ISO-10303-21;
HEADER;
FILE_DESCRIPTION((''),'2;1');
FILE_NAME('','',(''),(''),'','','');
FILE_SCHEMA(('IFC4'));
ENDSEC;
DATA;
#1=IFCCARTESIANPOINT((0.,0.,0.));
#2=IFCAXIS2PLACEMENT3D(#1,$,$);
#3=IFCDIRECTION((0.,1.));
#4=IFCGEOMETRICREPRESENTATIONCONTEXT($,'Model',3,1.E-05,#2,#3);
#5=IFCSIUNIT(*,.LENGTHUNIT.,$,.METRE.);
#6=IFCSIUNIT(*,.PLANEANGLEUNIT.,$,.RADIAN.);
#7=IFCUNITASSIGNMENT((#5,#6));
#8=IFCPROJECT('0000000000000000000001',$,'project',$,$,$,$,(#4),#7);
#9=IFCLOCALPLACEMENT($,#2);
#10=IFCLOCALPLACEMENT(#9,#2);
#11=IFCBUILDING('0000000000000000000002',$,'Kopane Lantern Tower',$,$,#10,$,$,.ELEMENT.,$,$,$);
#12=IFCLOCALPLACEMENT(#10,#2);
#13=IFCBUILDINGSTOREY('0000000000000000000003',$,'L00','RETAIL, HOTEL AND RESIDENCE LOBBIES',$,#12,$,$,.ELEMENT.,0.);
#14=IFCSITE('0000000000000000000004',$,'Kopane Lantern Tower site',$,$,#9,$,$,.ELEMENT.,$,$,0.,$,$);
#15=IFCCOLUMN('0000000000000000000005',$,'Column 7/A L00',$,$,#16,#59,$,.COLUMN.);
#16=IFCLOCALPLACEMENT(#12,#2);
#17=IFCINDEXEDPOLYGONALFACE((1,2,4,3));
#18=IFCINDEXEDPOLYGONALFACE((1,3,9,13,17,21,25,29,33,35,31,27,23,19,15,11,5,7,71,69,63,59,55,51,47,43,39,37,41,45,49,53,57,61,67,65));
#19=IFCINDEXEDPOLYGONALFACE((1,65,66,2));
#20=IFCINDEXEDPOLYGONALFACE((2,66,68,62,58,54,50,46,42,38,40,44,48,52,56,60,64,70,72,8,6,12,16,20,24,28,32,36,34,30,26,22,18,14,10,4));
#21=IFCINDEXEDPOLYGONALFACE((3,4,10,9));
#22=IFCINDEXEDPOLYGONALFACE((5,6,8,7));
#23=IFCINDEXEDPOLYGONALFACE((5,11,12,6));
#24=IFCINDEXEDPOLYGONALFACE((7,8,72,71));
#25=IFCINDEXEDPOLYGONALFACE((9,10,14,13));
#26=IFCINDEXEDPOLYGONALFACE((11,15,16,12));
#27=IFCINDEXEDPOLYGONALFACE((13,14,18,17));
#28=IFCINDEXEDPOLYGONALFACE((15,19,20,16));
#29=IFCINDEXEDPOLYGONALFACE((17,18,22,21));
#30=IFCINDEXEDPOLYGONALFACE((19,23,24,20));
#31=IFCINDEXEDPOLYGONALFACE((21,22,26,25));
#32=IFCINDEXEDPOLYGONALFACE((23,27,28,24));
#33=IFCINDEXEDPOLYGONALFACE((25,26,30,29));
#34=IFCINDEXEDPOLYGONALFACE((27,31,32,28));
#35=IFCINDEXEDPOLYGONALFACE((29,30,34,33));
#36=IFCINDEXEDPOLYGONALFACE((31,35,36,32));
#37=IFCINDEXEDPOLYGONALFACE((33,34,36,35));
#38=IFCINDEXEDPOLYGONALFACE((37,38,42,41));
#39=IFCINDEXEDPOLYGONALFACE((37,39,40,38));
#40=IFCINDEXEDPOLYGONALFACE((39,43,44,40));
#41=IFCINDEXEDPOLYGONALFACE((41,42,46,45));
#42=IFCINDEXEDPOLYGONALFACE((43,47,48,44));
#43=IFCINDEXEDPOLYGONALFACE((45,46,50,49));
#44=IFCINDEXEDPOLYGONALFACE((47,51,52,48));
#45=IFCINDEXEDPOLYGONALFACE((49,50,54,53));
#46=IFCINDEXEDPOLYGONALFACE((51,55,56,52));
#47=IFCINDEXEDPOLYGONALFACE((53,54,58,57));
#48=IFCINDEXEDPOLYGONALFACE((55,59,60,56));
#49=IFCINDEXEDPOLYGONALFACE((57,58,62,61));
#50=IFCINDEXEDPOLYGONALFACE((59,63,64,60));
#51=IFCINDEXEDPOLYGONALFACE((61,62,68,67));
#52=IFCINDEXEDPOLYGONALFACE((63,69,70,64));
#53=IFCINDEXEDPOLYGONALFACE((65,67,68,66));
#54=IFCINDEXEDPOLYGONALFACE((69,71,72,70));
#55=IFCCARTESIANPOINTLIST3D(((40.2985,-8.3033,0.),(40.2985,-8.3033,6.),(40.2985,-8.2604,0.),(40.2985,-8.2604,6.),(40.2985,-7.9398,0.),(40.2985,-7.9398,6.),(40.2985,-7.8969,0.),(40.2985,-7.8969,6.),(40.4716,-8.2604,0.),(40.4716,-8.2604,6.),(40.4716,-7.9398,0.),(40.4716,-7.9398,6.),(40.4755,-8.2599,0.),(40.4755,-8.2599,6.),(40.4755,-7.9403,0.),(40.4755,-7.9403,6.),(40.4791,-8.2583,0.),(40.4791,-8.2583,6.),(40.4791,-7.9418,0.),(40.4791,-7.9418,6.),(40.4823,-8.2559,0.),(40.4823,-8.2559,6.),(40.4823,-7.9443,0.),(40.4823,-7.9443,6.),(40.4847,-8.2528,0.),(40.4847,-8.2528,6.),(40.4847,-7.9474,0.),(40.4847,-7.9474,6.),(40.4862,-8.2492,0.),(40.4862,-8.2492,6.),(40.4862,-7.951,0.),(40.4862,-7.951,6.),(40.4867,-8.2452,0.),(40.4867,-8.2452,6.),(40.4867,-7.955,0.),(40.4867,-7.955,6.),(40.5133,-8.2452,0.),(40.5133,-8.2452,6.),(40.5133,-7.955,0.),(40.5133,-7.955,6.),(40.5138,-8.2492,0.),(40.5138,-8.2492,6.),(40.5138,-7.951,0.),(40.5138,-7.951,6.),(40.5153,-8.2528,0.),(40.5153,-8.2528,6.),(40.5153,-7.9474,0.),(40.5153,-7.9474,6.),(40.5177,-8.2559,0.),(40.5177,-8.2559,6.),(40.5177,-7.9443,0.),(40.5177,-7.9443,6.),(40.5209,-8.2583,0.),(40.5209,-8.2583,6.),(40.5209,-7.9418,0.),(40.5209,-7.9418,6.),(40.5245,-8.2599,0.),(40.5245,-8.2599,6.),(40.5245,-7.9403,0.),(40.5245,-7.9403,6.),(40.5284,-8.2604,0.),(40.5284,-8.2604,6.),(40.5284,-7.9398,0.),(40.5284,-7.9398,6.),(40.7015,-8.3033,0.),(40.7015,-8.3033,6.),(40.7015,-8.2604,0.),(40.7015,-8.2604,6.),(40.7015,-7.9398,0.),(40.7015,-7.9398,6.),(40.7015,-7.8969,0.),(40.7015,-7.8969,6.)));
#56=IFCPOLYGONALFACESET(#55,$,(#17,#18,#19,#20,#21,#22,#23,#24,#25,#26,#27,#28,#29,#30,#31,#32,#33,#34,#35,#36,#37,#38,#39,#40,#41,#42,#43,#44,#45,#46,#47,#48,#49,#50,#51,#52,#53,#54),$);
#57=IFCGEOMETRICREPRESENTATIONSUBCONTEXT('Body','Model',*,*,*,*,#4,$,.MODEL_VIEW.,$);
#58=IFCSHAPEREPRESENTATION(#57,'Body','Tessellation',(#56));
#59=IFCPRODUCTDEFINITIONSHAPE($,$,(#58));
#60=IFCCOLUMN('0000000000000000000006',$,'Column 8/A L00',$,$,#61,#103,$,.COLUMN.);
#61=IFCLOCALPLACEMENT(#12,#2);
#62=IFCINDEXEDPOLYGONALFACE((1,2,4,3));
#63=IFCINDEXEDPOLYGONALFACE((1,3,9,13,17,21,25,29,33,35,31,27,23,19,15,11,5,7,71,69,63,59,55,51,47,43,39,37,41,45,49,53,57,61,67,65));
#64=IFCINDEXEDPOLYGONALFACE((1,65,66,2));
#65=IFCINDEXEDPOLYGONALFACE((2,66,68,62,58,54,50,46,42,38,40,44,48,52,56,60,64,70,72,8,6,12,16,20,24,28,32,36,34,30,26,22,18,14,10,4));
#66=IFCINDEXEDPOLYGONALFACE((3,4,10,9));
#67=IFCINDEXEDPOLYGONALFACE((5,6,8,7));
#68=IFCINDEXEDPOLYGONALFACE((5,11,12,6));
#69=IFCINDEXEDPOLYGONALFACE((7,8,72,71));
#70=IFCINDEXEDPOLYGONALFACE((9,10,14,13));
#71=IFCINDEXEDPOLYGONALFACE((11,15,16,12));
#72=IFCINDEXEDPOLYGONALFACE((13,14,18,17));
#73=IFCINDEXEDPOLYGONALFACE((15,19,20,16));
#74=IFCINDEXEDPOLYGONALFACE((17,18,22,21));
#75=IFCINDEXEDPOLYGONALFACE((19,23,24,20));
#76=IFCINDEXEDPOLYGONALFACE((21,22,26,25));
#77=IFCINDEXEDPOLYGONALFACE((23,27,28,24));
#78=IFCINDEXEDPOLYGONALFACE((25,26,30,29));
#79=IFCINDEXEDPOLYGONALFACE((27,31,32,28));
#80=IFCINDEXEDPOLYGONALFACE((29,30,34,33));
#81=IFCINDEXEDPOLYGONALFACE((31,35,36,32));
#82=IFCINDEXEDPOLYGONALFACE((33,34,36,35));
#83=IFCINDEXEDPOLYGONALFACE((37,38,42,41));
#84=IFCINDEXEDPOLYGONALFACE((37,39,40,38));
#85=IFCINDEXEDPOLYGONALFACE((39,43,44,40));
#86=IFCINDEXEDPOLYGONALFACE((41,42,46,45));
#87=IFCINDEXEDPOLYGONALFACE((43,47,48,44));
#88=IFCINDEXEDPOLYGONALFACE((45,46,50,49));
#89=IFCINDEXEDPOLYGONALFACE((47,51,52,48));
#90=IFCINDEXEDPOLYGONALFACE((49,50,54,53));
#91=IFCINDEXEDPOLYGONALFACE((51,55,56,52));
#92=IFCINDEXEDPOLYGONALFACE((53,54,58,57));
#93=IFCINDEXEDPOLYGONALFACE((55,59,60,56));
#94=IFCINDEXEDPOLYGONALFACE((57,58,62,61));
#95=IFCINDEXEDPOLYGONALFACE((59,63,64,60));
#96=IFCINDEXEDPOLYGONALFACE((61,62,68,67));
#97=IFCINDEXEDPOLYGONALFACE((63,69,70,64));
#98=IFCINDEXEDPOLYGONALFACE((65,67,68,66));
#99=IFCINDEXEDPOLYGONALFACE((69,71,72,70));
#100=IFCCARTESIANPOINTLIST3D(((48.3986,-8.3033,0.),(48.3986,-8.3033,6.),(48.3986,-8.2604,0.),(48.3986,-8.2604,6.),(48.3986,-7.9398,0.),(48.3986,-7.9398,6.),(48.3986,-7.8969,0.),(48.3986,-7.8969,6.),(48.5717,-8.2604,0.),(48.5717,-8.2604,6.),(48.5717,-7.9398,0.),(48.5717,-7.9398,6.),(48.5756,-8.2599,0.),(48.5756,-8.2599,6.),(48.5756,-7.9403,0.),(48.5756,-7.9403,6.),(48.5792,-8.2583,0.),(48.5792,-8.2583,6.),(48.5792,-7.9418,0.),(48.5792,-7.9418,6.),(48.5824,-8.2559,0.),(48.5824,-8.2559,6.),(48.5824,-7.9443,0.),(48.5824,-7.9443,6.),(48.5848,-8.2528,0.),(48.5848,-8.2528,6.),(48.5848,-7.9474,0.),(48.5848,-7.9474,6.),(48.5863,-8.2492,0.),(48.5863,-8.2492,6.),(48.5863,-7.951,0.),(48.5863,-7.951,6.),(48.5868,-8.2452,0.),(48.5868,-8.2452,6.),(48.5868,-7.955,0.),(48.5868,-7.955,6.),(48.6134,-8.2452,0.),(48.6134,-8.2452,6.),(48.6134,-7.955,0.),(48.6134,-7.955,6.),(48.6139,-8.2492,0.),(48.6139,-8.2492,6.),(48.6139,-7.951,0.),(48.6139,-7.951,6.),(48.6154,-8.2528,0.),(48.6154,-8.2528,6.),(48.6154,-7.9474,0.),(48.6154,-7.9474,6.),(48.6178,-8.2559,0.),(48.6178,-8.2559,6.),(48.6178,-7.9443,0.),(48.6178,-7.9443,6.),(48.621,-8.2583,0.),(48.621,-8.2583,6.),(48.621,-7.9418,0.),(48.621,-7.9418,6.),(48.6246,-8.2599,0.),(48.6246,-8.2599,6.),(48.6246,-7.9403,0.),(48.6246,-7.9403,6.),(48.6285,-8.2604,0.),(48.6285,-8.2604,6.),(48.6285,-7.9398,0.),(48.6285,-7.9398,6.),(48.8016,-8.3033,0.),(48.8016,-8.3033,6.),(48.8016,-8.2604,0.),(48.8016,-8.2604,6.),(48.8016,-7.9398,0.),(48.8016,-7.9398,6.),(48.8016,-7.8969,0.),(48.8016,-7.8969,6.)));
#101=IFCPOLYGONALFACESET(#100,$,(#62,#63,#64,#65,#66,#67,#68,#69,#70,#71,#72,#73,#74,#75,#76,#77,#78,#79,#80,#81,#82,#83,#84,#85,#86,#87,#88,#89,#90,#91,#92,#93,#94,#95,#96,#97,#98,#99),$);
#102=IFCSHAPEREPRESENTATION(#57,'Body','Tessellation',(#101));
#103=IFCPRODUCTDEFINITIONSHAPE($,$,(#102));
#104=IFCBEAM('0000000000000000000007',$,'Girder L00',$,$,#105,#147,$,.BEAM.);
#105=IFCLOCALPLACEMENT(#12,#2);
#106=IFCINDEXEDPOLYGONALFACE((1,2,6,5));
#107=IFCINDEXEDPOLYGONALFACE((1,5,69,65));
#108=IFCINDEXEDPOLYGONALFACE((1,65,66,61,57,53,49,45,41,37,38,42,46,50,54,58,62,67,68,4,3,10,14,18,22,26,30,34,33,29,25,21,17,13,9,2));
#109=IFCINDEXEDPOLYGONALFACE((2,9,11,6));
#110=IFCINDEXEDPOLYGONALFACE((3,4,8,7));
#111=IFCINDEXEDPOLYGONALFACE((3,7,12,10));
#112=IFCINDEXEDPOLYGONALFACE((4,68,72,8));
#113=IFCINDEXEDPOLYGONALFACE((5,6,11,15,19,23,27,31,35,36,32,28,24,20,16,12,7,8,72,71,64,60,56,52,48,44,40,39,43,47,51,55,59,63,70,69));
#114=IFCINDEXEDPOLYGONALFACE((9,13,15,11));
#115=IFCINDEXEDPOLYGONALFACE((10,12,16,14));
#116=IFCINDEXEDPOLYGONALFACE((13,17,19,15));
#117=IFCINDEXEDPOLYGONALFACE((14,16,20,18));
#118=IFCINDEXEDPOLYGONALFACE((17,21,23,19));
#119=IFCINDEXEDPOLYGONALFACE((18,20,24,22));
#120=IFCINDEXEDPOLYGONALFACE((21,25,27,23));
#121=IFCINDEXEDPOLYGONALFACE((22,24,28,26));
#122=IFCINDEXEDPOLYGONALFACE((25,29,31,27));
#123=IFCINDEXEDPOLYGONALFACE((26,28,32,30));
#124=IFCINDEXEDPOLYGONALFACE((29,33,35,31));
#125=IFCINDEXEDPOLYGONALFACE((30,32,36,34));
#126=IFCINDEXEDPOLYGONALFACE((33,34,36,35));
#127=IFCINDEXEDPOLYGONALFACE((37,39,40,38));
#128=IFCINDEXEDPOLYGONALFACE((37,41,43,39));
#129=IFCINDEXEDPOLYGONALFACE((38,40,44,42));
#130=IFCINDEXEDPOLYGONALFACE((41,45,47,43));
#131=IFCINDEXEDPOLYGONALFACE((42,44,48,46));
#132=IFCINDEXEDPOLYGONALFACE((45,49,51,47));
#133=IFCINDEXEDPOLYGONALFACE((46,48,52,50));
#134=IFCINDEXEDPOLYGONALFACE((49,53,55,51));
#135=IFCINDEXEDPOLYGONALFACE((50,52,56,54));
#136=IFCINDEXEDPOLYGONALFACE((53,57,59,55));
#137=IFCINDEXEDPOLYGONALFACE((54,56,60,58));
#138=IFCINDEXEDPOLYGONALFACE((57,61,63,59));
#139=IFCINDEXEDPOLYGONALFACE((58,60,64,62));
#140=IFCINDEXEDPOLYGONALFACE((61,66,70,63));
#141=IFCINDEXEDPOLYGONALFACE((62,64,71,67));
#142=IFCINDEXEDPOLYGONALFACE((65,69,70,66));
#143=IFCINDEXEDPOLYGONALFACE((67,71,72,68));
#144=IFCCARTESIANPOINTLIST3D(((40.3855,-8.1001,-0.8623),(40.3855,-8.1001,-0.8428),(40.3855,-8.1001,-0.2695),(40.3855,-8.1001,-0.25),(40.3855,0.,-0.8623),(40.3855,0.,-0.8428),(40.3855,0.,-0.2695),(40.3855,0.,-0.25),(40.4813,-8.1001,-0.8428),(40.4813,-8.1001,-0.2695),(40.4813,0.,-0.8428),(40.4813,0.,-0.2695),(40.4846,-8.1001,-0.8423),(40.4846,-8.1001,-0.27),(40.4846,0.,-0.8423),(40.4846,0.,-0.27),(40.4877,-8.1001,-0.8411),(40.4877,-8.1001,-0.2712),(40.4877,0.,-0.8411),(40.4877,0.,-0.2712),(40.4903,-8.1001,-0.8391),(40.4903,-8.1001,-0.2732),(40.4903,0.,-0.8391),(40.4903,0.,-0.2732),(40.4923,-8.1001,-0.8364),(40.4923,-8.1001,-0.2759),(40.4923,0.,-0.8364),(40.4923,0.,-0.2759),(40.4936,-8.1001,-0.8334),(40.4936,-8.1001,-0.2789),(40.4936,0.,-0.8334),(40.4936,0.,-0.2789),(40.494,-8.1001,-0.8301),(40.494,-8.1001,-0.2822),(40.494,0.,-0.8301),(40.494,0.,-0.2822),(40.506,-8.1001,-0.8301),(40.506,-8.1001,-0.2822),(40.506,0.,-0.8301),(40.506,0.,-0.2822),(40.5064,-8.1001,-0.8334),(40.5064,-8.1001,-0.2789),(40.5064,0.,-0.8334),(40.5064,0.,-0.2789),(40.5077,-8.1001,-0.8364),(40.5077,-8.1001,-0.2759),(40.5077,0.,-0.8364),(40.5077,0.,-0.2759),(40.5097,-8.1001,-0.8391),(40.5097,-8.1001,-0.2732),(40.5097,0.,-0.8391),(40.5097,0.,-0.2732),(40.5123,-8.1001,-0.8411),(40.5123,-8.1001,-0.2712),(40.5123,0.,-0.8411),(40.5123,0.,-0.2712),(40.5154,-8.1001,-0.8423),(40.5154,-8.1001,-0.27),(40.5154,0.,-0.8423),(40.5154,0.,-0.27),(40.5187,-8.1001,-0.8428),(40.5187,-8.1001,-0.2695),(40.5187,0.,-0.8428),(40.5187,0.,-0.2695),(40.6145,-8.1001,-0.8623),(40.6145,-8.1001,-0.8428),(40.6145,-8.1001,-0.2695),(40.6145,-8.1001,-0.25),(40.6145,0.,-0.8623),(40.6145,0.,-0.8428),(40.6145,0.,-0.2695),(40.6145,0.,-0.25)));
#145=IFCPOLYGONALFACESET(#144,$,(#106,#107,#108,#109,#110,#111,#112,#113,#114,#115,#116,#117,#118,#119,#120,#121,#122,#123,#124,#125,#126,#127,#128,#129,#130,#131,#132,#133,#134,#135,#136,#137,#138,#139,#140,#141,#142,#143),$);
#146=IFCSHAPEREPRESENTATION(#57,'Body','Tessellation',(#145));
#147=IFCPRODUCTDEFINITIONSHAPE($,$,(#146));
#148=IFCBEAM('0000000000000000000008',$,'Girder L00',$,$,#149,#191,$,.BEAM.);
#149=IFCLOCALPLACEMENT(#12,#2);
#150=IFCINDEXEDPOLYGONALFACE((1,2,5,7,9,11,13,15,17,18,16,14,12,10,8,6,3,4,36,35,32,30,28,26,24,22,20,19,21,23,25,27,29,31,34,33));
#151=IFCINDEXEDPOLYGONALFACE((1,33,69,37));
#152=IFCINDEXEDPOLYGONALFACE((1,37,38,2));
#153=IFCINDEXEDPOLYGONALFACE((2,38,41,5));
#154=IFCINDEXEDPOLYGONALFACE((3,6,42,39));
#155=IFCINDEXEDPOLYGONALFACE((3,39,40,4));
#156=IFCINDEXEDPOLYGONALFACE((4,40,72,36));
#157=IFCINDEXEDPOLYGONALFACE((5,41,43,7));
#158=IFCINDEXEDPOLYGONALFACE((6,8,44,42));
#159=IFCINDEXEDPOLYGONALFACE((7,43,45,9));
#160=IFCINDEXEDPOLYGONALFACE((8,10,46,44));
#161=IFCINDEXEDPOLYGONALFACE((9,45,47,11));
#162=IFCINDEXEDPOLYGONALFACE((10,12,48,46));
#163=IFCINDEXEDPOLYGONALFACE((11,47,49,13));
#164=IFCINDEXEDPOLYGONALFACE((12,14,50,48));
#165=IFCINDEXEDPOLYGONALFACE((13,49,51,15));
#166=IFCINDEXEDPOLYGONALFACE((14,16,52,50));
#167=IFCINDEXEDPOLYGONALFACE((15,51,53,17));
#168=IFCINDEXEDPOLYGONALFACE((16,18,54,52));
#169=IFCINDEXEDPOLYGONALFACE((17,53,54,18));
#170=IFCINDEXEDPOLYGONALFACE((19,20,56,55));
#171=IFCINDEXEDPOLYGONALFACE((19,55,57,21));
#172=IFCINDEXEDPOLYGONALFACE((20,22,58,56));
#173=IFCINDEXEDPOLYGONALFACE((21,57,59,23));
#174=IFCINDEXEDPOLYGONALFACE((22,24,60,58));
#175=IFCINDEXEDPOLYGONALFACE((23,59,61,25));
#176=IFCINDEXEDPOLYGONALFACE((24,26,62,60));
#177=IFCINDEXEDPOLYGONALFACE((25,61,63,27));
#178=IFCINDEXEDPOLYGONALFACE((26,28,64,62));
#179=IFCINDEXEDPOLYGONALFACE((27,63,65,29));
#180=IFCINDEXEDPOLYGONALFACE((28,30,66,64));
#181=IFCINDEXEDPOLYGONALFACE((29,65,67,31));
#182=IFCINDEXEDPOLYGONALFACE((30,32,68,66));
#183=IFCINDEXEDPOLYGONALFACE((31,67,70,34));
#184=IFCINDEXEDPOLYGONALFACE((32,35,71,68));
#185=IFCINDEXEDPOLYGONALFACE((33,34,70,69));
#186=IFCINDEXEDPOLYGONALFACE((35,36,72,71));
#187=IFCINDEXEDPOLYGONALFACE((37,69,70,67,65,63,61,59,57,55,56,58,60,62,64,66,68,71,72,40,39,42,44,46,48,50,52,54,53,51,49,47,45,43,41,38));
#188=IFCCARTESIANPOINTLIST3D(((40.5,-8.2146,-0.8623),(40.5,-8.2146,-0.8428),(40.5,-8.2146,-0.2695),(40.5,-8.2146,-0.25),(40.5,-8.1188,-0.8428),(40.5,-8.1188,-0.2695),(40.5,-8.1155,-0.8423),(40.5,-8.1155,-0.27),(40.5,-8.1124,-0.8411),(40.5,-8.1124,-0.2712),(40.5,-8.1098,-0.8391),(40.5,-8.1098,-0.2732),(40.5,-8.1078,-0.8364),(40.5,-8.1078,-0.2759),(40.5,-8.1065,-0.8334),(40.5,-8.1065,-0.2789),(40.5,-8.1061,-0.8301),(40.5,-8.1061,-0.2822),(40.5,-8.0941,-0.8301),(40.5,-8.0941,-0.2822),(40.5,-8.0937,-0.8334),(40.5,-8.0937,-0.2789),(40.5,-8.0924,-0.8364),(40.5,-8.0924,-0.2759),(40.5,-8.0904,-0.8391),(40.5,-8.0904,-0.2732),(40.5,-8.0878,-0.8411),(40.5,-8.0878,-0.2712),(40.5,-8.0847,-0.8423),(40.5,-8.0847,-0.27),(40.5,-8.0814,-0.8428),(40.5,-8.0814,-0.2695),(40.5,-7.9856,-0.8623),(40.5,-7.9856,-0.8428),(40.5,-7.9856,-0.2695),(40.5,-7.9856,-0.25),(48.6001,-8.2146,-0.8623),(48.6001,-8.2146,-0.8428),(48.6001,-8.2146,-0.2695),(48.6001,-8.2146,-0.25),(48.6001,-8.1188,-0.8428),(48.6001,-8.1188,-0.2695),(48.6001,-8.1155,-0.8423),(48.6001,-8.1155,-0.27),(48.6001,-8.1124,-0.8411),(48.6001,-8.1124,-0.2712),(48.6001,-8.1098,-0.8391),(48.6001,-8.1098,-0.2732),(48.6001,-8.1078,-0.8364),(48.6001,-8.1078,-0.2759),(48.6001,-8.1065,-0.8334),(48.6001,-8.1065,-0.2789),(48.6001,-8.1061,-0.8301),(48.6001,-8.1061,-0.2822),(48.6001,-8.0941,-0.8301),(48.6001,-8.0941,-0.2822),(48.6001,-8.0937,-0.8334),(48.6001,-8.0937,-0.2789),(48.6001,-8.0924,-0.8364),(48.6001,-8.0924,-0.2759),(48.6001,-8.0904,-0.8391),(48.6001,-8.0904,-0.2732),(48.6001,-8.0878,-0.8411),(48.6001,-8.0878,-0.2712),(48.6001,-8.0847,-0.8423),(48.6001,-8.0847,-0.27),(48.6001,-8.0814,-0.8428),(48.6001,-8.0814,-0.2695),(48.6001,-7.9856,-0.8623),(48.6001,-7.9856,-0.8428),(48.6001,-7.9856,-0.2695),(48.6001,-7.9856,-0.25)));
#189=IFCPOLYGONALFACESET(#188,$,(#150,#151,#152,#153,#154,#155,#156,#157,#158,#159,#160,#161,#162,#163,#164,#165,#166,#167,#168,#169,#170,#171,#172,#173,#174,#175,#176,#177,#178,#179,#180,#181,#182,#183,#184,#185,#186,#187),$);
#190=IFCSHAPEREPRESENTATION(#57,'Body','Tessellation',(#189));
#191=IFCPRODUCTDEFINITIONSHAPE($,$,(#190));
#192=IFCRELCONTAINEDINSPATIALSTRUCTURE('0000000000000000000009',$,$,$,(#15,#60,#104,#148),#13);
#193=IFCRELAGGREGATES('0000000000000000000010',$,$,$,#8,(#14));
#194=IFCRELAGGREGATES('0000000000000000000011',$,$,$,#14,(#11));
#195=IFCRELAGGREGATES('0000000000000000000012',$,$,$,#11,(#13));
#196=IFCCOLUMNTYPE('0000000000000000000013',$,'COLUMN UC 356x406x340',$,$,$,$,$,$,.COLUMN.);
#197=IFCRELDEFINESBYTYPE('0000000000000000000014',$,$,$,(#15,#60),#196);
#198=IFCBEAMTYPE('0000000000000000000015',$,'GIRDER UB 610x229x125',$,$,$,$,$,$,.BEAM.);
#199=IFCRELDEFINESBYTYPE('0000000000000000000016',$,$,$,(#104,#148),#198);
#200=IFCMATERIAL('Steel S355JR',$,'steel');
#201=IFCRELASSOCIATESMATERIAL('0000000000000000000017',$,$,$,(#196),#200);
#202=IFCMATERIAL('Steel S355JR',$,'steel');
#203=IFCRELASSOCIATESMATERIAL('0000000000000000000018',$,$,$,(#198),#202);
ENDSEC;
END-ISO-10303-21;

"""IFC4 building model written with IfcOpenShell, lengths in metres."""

from ifc_helpers import new_model, si_unit, direction, frame, origin, origin_2d, place, context, subcontext, project, spatial, i_section, extrude, material, material_profile, profile_set, type_object, element, save


model = new_model("IFC4")

# Units and contexts
model_context = context("Model", 3, precision=1e-05, world=origin(), true_north=direction((0.0, 1.0)))
body_context = subcontext(model_context, "Body", "Model", "MODEL_VIEW")
ifc_project = project(units=[si_unit("LENGTHUNIT", "METRE"), si_unit("PLANEANGLEUNIT", "RADIAN")], contexts=[model_context])

# Site, building, storey
site_placement = place(None, origin())
site = spatial("IfcSite", under=ifc_project, at=site_placement, Name="Kopane Lantern Tower site", CompositionType="ELEMENT", RefElevation=0.0)
building_placement = place(site_placement, origin())
building = spatial("IfcBuilding", under=site, at=building_placement, Name="Kopane Lantern Tower", CompositionType="ELEMENT")
storey_placement = place(building_placement, origin())
storey = spatial("IfcBuildingStorey", under=building, at=storey_placement, Name="L00", Description="RETAIL, HOTEL AND RESIDENCE LOBBIES", CompositionType="ELEMENT", Elevation=0.0)

# Columns
ifc_material_1 = material(Name="Steel S355JR", Category="steel")
ifc_material_profile_1 = material_profile(ifc_material_1, i_section(OverallWidth=0.4031, OverallDepth=0.4065, WebThickness=0.0266, FlangeThickness=0.043, FilletRadius=0.0151, at=origin_2d()), Name="UC 356x406x340")
ifc_profile_set_1 = profile_set([ifc_material_profile_1], Name="Steel S355JR")
column_type = type_object("IfcColumnType", Name="COLUMN UC 356x406x340", PredefinedType="COLUMN", material=ifc_profile_set_1)
for number, where, z_axis, x_axis, name in (
    (1, (40.5, -8.1001, 0.0), (0.0, 0.0, 1.0), (1.0, 0.0, 0.0), "Column 7/A L00"),
    (2, (48.6001, -8.1001, 0.0), (0.0, 0.0, 1.0), (1.0, 0.0, 0.0), "Column 8/A L00"),
):
    element("IfcColumn", number, at=place(storey_placement, frame(where, z_axis=z_axis, x_axis=x_axis)), inside=storey, type_object=column_type, Name=name, PredefinedType="COLUMN", context=body_context, shape_type="SweptSolid", body=[
        extrude(i_section(OverallWidth=0.4031, OverallDepth=0.4065, WebThickness=0.0266, FlangeThickness=0.043, FilletRadius=0.0151, at=origin_2d()), origin(), (0.0, 0.0, 1.0), 6.0),
    ])

# Beams
ifc_material_2 = material(Name="Steel S355JR", Category="steel")
ifc_material_profile_2 = material_profile(ifc_material_2, i_section(OverallWidth=0.229, OverallDepth=0.6123, WebThickness=0.012, FlangeThickness=0.0195, FilletRadius=0.0127, at=origin_2d()), Name="UB 610x229x125")
ifc_profile_set_2 = profile_set([ifc_material_profile_2], Name="Steel S355JR")
beam_type = type_object("IfcBeamType", Name="GIRDER UB 610x229x125", PredefinedType="BEAM", material=ifc_profile_set_2)
for number, where, z_axis, x_axis, name in (
    (3, (40.5, -8.1001, -0.5562), (0.0, 1.0, 0.0), (-1.0, 0.0, 0.0), "Girder L00"),
    (4, (40.5, -8.1001, -0.5562), (1.0, 0.0, 0.0), (0.0, 1.0, 0.0), "Girder L00"),
):
    element("IfcBeam", number, at=place(storey_placement, frame(where, z_axis=z_axis, x_axis=x_axis)), inside=storey, type_object=beam_type, Name=name, PredefinedType="BEAM", context=body_context, shape_type="SweptSolid", body=[
        extrude(i_section(OverallWidth=0.229, OverallDepth=0.6123, WebThickness=0.012, FlangeThickness=0.0195, FilletRadius=0.0127, at=origin_2d()), origin(), (0.0, 0.0, 1.0), 8.1001),
    ])

save(model, "model.ifc")
